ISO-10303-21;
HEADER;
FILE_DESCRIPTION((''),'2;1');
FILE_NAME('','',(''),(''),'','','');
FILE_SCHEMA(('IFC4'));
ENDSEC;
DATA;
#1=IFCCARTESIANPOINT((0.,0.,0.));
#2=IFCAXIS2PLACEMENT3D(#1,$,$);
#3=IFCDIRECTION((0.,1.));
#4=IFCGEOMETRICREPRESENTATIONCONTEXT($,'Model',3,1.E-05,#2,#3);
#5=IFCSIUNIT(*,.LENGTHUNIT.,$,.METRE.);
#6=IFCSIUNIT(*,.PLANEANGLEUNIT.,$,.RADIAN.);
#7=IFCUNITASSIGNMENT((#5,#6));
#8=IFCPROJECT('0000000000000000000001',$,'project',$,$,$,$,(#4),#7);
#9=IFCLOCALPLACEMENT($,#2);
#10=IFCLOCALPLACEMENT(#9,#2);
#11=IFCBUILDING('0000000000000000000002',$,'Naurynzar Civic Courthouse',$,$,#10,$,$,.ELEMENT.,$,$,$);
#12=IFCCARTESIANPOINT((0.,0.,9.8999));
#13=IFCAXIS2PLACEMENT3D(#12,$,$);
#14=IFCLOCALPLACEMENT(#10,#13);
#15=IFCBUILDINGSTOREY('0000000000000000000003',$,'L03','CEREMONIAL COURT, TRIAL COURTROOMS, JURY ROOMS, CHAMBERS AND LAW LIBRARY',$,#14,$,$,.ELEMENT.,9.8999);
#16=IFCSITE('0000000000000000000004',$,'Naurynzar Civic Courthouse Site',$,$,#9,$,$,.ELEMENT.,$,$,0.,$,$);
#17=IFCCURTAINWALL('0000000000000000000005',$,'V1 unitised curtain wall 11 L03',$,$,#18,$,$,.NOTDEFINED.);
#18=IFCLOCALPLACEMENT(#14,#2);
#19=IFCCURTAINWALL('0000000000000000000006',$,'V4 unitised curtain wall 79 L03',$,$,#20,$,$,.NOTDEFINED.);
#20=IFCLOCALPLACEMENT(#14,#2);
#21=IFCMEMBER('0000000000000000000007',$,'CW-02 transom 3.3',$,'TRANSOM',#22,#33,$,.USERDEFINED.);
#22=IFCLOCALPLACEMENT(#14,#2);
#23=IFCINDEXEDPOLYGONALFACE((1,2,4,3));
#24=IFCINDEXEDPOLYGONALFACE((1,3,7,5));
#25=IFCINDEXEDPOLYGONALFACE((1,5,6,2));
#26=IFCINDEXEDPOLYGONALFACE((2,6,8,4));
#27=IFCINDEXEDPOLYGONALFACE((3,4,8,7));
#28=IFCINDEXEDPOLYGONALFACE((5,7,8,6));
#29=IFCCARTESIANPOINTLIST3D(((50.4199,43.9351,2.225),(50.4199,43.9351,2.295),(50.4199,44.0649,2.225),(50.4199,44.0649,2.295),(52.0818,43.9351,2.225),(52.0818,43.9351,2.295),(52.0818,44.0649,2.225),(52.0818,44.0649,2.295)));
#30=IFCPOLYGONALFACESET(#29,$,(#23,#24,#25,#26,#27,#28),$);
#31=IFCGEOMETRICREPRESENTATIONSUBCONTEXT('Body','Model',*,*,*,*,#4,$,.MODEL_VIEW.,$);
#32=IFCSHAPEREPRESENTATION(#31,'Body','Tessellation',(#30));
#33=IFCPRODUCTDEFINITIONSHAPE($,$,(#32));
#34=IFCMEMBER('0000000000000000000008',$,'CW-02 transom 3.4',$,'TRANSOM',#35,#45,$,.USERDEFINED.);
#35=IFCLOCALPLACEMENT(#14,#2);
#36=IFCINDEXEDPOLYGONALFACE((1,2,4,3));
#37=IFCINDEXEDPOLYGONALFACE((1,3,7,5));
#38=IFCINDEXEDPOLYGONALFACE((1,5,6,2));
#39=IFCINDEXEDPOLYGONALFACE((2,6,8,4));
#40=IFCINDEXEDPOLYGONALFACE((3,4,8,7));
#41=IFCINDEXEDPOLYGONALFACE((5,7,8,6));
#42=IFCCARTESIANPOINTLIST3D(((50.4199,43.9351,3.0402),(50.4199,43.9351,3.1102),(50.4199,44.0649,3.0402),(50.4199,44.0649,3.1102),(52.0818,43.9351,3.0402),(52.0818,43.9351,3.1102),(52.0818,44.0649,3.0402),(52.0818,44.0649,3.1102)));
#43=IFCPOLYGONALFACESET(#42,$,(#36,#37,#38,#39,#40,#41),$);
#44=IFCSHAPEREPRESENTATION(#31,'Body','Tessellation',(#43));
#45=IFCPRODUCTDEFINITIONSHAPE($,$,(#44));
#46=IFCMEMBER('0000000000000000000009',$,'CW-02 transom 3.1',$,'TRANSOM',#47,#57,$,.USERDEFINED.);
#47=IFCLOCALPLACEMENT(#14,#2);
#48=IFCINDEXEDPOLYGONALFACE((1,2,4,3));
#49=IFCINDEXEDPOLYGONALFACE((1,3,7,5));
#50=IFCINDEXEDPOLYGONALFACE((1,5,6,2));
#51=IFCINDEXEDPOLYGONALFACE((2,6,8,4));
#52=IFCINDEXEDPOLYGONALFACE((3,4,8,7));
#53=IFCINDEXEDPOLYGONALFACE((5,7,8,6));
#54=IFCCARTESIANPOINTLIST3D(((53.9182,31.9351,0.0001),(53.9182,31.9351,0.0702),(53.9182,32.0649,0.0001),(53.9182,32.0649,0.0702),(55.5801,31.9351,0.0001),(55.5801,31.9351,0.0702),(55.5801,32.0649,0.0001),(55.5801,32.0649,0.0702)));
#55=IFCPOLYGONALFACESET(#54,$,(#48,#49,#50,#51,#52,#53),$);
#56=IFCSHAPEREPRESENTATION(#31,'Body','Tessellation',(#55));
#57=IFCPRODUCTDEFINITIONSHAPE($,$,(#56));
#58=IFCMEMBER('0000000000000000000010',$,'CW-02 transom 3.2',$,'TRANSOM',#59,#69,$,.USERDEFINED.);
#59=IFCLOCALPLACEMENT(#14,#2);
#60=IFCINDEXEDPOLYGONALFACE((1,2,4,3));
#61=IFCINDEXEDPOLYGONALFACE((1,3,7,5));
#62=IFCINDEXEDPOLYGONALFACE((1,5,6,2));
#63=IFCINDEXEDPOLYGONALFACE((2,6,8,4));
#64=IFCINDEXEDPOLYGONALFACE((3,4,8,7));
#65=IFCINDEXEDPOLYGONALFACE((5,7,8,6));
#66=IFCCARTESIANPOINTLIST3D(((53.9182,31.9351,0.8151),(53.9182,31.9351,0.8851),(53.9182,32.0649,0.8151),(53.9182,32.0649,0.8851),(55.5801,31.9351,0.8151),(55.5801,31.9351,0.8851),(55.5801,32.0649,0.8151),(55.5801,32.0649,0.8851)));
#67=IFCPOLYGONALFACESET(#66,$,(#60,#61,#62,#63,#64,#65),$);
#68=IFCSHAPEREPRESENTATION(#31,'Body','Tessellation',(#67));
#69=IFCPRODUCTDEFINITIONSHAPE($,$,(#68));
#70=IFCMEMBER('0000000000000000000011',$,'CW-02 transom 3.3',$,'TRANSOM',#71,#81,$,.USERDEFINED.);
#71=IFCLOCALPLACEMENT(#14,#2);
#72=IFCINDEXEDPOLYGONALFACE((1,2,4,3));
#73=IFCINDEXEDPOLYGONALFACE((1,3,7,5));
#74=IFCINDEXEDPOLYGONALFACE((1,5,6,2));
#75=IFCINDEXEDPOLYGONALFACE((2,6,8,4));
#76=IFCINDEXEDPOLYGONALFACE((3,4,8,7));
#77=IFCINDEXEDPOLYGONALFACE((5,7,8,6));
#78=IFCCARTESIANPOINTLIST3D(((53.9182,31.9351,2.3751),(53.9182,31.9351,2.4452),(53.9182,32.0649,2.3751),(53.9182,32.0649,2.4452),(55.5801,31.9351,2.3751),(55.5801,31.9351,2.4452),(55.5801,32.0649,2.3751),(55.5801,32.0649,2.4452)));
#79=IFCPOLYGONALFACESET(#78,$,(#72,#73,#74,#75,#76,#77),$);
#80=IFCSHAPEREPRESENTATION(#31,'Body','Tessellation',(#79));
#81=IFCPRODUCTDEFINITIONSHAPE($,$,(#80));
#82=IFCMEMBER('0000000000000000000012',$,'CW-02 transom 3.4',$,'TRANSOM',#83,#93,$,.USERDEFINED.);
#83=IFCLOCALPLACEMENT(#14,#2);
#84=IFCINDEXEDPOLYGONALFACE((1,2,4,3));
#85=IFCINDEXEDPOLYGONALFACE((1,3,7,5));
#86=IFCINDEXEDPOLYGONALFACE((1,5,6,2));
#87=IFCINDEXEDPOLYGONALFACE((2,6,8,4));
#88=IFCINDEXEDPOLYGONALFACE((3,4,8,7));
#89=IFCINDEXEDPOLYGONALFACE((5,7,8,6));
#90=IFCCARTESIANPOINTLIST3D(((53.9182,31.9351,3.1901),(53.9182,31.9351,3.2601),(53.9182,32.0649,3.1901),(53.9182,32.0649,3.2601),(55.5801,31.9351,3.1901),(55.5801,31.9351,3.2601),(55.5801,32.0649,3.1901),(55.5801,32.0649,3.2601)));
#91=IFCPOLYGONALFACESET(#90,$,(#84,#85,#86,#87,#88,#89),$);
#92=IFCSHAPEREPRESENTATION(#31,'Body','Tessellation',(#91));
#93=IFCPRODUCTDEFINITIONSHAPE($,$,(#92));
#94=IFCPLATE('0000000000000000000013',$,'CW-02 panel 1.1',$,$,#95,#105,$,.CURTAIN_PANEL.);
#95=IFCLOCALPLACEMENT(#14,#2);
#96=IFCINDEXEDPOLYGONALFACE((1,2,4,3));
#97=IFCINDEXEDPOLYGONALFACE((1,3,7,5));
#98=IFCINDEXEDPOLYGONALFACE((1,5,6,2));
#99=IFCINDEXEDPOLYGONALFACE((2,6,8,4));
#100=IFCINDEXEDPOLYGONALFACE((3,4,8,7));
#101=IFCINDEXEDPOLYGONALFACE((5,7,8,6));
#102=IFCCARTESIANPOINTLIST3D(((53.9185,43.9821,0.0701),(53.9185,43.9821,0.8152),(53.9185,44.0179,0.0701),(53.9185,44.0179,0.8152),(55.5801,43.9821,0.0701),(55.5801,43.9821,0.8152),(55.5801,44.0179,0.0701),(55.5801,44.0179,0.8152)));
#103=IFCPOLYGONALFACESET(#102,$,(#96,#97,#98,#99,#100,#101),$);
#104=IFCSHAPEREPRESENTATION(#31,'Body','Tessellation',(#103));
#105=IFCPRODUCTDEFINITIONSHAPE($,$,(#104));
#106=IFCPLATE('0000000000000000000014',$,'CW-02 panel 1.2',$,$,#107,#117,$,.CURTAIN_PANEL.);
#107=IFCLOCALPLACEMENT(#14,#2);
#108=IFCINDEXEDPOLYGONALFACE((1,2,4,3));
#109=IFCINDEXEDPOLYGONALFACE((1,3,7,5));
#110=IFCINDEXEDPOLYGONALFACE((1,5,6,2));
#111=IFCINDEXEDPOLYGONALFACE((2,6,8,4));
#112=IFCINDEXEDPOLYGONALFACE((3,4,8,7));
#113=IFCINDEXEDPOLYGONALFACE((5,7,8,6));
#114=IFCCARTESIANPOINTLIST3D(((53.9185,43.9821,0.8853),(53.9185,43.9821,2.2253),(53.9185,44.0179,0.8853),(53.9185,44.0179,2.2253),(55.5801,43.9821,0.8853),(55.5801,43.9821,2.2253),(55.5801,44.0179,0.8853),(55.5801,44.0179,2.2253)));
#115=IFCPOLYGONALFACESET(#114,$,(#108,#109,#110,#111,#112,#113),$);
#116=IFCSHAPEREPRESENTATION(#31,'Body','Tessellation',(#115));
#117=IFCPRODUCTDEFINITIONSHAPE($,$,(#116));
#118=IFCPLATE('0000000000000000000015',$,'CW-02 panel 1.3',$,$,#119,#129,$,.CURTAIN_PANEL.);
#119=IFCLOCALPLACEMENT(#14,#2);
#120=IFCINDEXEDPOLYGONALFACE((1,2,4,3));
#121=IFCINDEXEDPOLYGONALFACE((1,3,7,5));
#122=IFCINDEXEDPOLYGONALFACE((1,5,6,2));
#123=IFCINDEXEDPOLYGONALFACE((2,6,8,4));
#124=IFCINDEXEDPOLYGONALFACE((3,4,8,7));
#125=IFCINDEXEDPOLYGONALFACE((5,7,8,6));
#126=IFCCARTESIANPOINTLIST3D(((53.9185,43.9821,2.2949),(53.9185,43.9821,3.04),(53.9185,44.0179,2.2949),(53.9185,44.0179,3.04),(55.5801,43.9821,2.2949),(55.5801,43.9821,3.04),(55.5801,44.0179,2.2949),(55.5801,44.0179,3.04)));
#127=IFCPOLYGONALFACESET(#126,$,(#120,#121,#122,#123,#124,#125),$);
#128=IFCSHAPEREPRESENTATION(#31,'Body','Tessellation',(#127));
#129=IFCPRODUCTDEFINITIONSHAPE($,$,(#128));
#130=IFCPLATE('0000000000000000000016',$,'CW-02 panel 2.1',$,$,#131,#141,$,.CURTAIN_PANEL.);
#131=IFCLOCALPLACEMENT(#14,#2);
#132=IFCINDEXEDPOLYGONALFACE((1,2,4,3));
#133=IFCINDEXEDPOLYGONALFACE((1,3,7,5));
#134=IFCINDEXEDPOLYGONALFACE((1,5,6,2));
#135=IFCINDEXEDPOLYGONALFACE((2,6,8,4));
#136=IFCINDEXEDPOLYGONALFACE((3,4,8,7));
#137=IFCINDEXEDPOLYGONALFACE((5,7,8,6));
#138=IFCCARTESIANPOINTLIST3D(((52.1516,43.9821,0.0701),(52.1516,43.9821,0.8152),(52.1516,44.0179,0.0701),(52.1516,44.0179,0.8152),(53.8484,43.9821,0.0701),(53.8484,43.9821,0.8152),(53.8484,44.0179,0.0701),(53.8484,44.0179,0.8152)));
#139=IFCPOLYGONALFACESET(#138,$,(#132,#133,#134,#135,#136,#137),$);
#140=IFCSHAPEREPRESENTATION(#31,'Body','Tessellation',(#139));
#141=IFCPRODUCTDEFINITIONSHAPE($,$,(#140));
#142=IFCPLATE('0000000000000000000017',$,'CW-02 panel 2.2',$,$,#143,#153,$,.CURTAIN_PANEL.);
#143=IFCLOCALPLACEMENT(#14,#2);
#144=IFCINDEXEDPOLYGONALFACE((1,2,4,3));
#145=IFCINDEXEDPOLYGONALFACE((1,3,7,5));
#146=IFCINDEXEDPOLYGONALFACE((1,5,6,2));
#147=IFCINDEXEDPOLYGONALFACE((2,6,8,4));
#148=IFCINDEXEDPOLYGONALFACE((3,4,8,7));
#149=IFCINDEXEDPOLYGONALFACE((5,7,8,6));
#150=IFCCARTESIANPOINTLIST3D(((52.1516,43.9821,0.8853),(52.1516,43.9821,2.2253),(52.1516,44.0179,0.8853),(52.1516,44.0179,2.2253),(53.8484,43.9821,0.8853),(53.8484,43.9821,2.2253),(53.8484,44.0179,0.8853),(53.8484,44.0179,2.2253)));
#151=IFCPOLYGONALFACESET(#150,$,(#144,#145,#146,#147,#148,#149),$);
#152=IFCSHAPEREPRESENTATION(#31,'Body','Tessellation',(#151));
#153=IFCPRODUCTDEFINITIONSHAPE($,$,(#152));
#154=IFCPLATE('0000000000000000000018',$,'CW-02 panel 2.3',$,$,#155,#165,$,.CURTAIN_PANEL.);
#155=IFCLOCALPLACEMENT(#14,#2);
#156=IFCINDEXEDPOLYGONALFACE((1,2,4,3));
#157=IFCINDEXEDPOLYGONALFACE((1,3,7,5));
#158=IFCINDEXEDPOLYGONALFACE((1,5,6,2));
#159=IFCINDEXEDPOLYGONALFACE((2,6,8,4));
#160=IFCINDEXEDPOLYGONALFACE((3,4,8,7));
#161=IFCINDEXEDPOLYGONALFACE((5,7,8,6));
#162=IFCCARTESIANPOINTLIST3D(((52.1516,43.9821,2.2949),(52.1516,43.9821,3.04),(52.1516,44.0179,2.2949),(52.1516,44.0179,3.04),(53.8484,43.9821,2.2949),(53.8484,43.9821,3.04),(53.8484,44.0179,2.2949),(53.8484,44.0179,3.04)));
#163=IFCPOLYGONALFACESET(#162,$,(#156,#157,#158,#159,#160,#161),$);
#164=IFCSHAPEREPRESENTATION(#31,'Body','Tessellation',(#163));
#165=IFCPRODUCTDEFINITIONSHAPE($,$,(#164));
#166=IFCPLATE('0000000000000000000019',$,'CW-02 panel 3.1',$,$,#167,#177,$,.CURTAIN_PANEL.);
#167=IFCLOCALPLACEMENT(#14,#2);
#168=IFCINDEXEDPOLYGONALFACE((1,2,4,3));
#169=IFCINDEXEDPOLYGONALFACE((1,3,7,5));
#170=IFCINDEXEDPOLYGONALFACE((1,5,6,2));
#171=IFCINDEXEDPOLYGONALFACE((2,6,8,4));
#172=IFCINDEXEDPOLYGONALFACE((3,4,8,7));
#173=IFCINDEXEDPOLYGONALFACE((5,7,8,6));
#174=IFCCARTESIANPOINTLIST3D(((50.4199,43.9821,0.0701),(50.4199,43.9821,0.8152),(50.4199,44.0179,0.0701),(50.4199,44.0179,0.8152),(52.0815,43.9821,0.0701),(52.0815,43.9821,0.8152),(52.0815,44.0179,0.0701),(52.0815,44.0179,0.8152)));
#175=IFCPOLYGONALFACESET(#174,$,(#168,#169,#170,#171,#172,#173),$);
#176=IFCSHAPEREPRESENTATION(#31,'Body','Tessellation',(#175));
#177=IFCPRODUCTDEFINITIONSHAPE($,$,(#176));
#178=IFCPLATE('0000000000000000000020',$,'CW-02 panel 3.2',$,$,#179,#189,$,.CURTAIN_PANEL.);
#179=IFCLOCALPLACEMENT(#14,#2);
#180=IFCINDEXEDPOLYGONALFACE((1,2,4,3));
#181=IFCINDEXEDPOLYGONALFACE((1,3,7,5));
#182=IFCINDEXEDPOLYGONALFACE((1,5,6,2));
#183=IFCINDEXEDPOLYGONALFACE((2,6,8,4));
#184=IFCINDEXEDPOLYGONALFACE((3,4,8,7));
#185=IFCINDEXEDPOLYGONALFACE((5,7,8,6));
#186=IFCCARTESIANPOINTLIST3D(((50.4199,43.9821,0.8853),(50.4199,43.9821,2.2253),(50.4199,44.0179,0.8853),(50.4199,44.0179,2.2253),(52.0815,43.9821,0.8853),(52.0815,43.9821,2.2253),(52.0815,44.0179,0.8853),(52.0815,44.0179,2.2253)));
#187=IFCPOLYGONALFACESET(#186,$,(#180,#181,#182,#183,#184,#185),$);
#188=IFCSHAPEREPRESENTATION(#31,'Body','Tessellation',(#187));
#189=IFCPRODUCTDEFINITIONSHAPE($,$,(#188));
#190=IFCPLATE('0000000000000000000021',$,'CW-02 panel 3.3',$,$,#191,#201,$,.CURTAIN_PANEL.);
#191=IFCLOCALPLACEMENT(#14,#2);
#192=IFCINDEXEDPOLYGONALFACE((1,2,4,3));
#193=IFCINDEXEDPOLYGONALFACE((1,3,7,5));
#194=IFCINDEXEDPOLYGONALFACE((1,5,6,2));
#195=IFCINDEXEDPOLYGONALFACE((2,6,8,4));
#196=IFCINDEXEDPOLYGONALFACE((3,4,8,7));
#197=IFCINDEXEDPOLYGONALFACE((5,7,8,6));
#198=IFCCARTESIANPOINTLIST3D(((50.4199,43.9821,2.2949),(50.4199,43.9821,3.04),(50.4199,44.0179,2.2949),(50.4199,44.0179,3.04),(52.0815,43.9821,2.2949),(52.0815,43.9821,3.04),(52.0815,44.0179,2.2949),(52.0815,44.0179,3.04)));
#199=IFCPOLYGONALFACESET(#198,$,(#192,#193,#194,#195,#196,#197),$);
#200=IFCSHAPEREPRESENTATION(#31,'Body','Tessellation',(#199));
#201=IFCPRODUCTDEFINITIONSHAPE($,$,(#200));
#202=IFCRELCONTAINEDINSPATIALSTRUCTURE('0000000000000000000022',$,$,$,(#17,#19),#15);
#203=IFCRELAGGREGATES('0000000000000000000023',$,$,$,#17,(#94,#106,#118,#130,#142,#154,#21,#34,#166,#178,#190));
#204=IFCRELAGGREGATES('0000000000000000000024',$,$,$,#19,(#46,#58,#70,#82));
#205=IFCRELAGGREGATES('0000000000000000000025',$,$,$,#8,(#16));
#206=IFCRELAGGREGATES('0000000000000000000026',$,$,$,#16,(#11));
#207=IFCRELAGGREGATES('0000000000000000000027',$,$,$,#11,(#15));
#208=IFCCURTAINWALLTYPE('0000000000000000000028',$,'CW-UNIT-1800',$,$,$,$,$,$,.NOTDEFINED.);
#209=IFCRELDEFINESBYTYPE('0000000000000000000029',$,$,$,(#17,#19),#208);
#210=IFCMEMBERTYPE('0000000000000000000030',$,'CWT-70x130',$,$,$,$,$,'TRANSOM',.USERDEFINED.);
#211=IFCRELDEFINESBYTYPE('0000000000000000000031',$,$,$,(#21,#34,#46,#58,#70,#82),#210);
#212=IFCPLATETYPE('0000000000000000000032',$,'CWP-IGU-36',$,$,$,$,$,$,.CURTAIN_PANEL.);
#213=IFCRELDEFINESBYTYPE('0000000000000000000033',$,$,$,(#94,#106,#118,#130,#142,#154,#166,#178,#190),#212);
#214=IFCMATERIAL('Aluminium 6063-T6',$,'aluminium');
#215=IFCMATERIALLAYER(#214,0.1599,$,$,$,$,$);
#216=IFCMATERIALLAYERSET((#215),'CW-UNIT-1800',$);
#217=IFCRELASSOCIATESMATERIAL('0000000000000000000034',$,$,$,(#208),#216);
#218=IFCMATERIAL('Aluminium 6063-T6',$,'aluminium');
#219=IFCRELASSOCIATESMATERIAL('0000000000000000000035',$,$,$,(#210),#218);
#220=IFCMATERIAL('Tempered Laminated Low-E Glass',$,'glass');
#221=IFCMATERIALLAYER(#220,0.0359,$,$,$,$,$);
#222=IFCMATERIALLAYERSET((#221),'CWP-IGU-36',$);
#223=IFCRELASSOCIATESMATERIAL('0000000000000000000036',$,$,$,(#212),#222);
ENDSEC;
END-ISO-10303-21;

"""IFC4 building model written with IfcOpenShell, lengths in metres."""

from ifc_helpers import new_model, si_unit, direction, frame, origin, origin_2d, place, context, subcontext, project, spatial, rectangle, extrude, material, layer, layer_set, material_profile, profile_set, type_object, element, aggregate, save


model = new_model("IFC4")

# Units and contexts
model_context = context("Model", 3, precision=1e-05, world=origin(), true_north=direction((0.0, 1.0)))
body_context = subcontext(model_context, "Body", "Model", "MODEL_VIEW")
ifc_project = project(units=[si_unit("LENGTHUNIT", "METRE"), si_unit("PLANEANGLEUNIT", "RADIAN")], contexts=[model_context])

# Site, building, storey
site_placement = place(None, origin())
site = spatial("IfcSite", under=ifc_project, at=site_placement, Name="Naurynzar Civic Courthouse Site", CompositionType="ELEMENT", RefElevation=0.0)
building_placement = place(site_placement, origin())
building = spatial("IfcBuilding", under=site, at=building_placement, Name="Naurynzar Civic Courthouse", CompositionType="ELEMENT")
storey_placement = place(building_placement, frame((0.0, 0.0, 9.8999)))
storey = spatial("IfcBuildingStorey", under=building, at=storey_placement, Name="L03", Description="CEREMONIAL COURT, TRIAL COURTROOMS, JURY ROOMS, CHAMBERS AND LAW LIBRARY", CompositionType="ELEMENT", Elevation=9.8999)

# Curtain walls
ifc_material_1 = material(Name="Aluminium 6063-T6", Category="aluminium")
ifc_layer_1 = layer(ifc_material_1, 0.1599)
ifc_layer_set_1 = layer_set([ifc_layer_1], Name="CW-UNIT-1800")
curtain_wall_type = type_object("IfcCurtainWallType", Name="CW-UNIT-1800", PredefinedType="NOTDEFINED", material=ifc_layer_set_1)
curtain_wall_1_placement = place(storey_placement, origin())
curtain_wall_1 = element("IfcCurtainWall", 1, at=curtain_wall_1_placement, inside=storey, type_object=curtain_wall_type, Name="V1 unitised curtain wall 11 L03", PredefinedType="NOTDEFINED")
curtain_wall_2_placement = place(storey_placement, origin())
curtain_wall_2 = element("IfcCurtainWall", 2, at=curtain_wall_2_placement, inside=storey, type_object=curtain_wall_type, Name="V4 unitised curtain wall 79 L03", PredefinedType="NOTDEFINED")

# Members
ifc_material_2 = material(Name="Aluminium 6063-T6", Category="aluminium")
ifc_material_profile_1 = material_profile(ifc_material_2, rectangle(XDim=0.1299, YDim=0.0701, at=origin_2d()), Name="ALU TRANSOM 70x130")
ifc_profile_set_1 = profile_set([ifc_material_profile_1], Name="Aluminium 6063-T6")
member_type_1 = type_object("IfcMemberType", Name="CWT-70x130", ElementType="TRANSOM", PredefinedType="USERDEFINED", material=ifc_profile_set_1)
member_1_placement = place(storey_placement, frame((52.0818, 44.0, 2.26), z_axis=(-1.0, 0.0, 0.0), x_axis=(0.0, -1.0, 0.0)))
member_1 = element("IfcMember", 3, at=member_1_placement, type_object=member_type_1, Name="CW-02 transom 3.3", ObjectType="TRANSOM", PredefinedType="USERDEFINED", context=body_context, shape_type="SweptSolid", body=[
    extrude(rectangle(XDim=0.1299, YDim=0.0701, at=origin_2d()), origin(), (0.0, 0.0, 1.0), 1.6619),
])
member_2_placement = place(storey_placement, frame((52.0818, 44.0, 3.0752), z_axis=(-1.0, 0.0, 0.0), x_axis=(0.0, -1.0, 0.0)))
member_2 = element("IfcMember", 4, at=member_2_placement, type_object=member_type_1, Name="CW-02 transom 3.4", ObjectType="TRANSOM", PredefinedType="USERDEFINED", context=body_context, shape_type="SweptSolid", body=[
    extrude(rectangle(XDim=0.1299, YDim=0.0701, at=origin_2d()), origin(), (0.0, 0.0, 1.0), 1.6619),
])
member_3_placement = place(storey_placement, frame((53.9182, 32.0, 0.0352), z_axis=(1.0, 0.0, 0.0), x_axis=(0.0, 1.0, 0.0)))
member_3 = element("IfcMember", 5, at=member_3_placement, type_object=member_type_1, Name="CW-02 transom 3.1", ObjectType="TRANSOM", PredefinedType="USERDEFINED", context=body_context, shape_type="SweptSolid", body=[
    extrude(rectangle(XDim=0.1299, YDim=0.0701, at=origin_2d()), origin(), (0.0, 0.0, 1.0), 1.6619),
])
member_4_placement = place(storey_placement, frame((53.9182, 32.0, 0.8501), z_axis=(1.0, 0.0, 0.0), x_axis=(0.0, 1.0, 0.0)))
member_4 = element("IfcMember", 6, at=member_4_placement, type_object=member_type_1, Name="CW-02 transom 3.2", ObjectType="TRANSOM", PredefinedType="USERDEFINED", context=body_context, shape_type="SweptSolid", body=[
    extrude(rectangle(XDim=0.1299, YDim=0.0701, at=origin_2d()), origin(), (0.0, 0.0, 1.0), 1.6619),
])
member_5_placement = place(storey_placement, frame((53.9182, 32.0, 2.4102), z_axis=(1.0, 0.0, 0.0), x_axis=(0.0, 1.0, 0.0)))
member_5 = element("IfcMember", 7, at=member_5_placement, type_object=member_type_1, Name="CW-02 transom 3.3", ObjectType="TRANSOM", PredefinedType="USERDEFINED", context=body_context, shape_type="SweptSolid", body=[
    extrude(rectangle(XDim=0.1299, YDim=0.0701, at=origin_2d()), origin(), (0.0, 0.0, 1.0), 1.6619),
])
member_6_placement = place(storey_placement, frame((53.9182, 32.0, 3.2251), z_axis=(1.0, 0.0, 0.0), x_axis=(0.0, 1.0, 0.0)))
member_6 = element("IfcMember", 8, at=member_6_placement, type_object=member_type_1, Name="CW-02 transom 3.4", ObjectType="TRANSOM", PredefinedType="USERDEFINED", context=body_context, shape_type="SweptSolid", body=[
    extrude(rectangle(XDim=0.1299, YDim=0.0701, at=origin_2d()), origin(), (0.0, 0.0, 1.0), 1.6619),
])

# Plates
ifc_material_3 = material(Name="Tempered Laminated Low-E Glass", Category="glass")
ifc_layer_2 = layer(ifc_material_3, 0.0359)
ifc_layer_set_2 = layer_set([ifc_layer_2], Name="CWP-IGU-36")
plate_type = type_object("IfcPlateType", Name="CWP-IGU-36", PredefinedType="CURTAIN_PANEL", material=ifc_layer_set_2)
plate_1_placement = place(storey_placement, frame((54.7493, 44.0, 0.0701), z_axis=(0.0, 0.0, 1.0), x_axis=(-1.0, 0.0, 0.0)))
plate_1 = element("IfcPlate", 9, at=plate_1_placement, type_object=plate_type, Name="CW-02 panel 1.1", PredefinedType="CURTAIN_PANEL", context=body_context, shape_type="SweptSolid", body=[
    extrude(rectangle(XDim=1.6616, YDim=0.0359, at=origin_2d()), origin(), (0.0, 0.0, 1.0), 0.7451),
])
plate_2_placement = place(storey_placement, frame((54.7493, 44.0, 0.8853), z_axis=(0.0, 0.0, 1.0), x_axis=(-1.0, 0.0, 0.0)))
plate_2 = element("IfcPlate", 10, at=plate_2_placement, type_object=plate_type, Name="CW-02 panel 1.2", PredefinedType="CURTAIN_PANEL", context=body_context, shape_type="SweptSolid", body=[
    extrude(rectangle(XDim=1.6616, YDim=0.0359, at=origin_2d()), origin(), (0.0, 0.0, 1.0), 1.3401),
])
plate_3_placement = place(storey_placement, frame((54.7493, 44.0, 2.2949), z_axis=(0.0, 0.0, 1.0), x_axis=(-1.0, 0.0, 0.0)))
plate_3 = element("IfcPlate", 11, at=plate_3_placement, type_object=plate_type, Name="CW-02 panel 1.3", PredefinedType="CURTAIN_PANEL", context=body_context, shape_type="SweptSolid", body=[
    extrude(rectangle(XDim=1.6616, YDim=0.0359, at=origin_2d()), origin(), (0.0, 0.0, 1.0), 0.7451),
])
plate_4_placement = place(storey_placement, frame((53.0, 44.0, 0.0701), z_axis=(0.0, 0.0, 1.0), x_axis=(-1.0, 0.0, 0.0)))
plate_4 = element("IfcPlate", 12, at=plate_4_placement, type_object=plate_type, Name="CW-02 panel 2.1", PredefinedType="CURTAIN_PANEL", context=body_context, shape_type="SweptSolid", body=[
    extrude(rectangle(XDim=1.6968, YDim=0.0359, at=origin_2d()), origin(), (0.0, 0.0, 1.0), 0.7451),
])
plate_5_placement = place(storey_placement, frame((53.0, 44.0, 0.8853), z_axis=(0.0, 0.0, 1.0), x_axis=(-1.0, 0.0, 0.0)))
plate_5 = element("IfcPlate", 13, at=plate_5_placement, type_object=plate_type, Name="CW-02 panel 2.2", PredefinedType="CURTAIN_PANEL", context=body_context, shape_type="SweptSolid", body=[
    extrude(rectangle(XDim=1.6968, YDim=0.0359, at=origin_2d()), origin(), (0.0, 0.0, 1.0), 1.3401),
])
plate_6_placement = place(storey_placement, frame((53.0, 44.0, 2.2949), z_axis=(0.0, 0.0, 1.0), x_axis=(-1.0, 0.0, 0.0)))
plate_6 = element("IfcPlate", 14, at=plate_6_placement, type_object=plate_type, Name="CW-02 panel 2.3", PredefinedType="CURTAIN_PANEL", context=body_context, shape_type="SweptSolid", body=[
    extrude(rectangle(XDim=1.6968, YDim=0.0359, at=origin_2d()), origin(), (0.0, 0.0, 1.0), 0.7451),
])
plate_7_placement = place(storey_placement, frame((51.2507, 44.0, 0.0701), z_axis=(0.0, 0.0, 1.0), x_axis=(-1.0, 0.0, 0.0)))
plate_7 = element("IfcPlate", 15, at=plate_7_placement, type_object=plate_type, Name="CW-02 panel 3.1", PredefinedType="CURTAIN_PANEL", context=body_context, shape_type="SweptSolid", body=[
    extrude(rectangle(XDim=1.6616, YDim=0.0359, at=origin_2d()), origin(), (0.0, 0.0, 1.0), 0.7451),
])
plate_8_placement = place(storey_placement, frame((51.2507, 44.0, 0.8853), z_axis=(0.0, 0.0, 1.0), x_axis=(-1.0, 0.0, 0.0)))
plate_8 = element("IfcPlate", 16, at=plate_8_placement, type_object=plate_type, Name="CW-02 panel 3.2", PredefinedType="CURTAIN_PANEL", context=body_context, shape_type="SweptSolid", body=[
    extrude(rectangle(XDim=1.6616, YDim=0.0359, at=origin_2d()), origin(), (0.0, 0.0, 1.0), 1.3401),
])
plate_9_placement = place(storey_placement, frame((51.2507, 44.0, 2.2949), z_axis=(0.0, 0.0, 1.0), x_axis=(-1.0, 0.0, 0.0)))
plate_9 = element("IfcPlate", 17, at=plate_9_placement, type_object=plate_type, Name="CW-02 panel 3.3", PredefinedType="CURTAIN_PANEL", context=body_context, shape_type="SweptSolid", body=[
    extrude(rectangle(XDim=1.6616, YDim=0.0359, at=origin_2d()), origin(), (0.0, 0.0, 1.0), 0.7451),
])
aggregate(curtain_wall_1, [plate_1, plate_2, plate_3, plate_4, plate_5, plate_6, member_1, member_2, plate_7, plate_8, plate_9])
aggregate(curtain_wall_2, [member_3, member_4, member_5, member_6])

save(model, "model.ifc")
